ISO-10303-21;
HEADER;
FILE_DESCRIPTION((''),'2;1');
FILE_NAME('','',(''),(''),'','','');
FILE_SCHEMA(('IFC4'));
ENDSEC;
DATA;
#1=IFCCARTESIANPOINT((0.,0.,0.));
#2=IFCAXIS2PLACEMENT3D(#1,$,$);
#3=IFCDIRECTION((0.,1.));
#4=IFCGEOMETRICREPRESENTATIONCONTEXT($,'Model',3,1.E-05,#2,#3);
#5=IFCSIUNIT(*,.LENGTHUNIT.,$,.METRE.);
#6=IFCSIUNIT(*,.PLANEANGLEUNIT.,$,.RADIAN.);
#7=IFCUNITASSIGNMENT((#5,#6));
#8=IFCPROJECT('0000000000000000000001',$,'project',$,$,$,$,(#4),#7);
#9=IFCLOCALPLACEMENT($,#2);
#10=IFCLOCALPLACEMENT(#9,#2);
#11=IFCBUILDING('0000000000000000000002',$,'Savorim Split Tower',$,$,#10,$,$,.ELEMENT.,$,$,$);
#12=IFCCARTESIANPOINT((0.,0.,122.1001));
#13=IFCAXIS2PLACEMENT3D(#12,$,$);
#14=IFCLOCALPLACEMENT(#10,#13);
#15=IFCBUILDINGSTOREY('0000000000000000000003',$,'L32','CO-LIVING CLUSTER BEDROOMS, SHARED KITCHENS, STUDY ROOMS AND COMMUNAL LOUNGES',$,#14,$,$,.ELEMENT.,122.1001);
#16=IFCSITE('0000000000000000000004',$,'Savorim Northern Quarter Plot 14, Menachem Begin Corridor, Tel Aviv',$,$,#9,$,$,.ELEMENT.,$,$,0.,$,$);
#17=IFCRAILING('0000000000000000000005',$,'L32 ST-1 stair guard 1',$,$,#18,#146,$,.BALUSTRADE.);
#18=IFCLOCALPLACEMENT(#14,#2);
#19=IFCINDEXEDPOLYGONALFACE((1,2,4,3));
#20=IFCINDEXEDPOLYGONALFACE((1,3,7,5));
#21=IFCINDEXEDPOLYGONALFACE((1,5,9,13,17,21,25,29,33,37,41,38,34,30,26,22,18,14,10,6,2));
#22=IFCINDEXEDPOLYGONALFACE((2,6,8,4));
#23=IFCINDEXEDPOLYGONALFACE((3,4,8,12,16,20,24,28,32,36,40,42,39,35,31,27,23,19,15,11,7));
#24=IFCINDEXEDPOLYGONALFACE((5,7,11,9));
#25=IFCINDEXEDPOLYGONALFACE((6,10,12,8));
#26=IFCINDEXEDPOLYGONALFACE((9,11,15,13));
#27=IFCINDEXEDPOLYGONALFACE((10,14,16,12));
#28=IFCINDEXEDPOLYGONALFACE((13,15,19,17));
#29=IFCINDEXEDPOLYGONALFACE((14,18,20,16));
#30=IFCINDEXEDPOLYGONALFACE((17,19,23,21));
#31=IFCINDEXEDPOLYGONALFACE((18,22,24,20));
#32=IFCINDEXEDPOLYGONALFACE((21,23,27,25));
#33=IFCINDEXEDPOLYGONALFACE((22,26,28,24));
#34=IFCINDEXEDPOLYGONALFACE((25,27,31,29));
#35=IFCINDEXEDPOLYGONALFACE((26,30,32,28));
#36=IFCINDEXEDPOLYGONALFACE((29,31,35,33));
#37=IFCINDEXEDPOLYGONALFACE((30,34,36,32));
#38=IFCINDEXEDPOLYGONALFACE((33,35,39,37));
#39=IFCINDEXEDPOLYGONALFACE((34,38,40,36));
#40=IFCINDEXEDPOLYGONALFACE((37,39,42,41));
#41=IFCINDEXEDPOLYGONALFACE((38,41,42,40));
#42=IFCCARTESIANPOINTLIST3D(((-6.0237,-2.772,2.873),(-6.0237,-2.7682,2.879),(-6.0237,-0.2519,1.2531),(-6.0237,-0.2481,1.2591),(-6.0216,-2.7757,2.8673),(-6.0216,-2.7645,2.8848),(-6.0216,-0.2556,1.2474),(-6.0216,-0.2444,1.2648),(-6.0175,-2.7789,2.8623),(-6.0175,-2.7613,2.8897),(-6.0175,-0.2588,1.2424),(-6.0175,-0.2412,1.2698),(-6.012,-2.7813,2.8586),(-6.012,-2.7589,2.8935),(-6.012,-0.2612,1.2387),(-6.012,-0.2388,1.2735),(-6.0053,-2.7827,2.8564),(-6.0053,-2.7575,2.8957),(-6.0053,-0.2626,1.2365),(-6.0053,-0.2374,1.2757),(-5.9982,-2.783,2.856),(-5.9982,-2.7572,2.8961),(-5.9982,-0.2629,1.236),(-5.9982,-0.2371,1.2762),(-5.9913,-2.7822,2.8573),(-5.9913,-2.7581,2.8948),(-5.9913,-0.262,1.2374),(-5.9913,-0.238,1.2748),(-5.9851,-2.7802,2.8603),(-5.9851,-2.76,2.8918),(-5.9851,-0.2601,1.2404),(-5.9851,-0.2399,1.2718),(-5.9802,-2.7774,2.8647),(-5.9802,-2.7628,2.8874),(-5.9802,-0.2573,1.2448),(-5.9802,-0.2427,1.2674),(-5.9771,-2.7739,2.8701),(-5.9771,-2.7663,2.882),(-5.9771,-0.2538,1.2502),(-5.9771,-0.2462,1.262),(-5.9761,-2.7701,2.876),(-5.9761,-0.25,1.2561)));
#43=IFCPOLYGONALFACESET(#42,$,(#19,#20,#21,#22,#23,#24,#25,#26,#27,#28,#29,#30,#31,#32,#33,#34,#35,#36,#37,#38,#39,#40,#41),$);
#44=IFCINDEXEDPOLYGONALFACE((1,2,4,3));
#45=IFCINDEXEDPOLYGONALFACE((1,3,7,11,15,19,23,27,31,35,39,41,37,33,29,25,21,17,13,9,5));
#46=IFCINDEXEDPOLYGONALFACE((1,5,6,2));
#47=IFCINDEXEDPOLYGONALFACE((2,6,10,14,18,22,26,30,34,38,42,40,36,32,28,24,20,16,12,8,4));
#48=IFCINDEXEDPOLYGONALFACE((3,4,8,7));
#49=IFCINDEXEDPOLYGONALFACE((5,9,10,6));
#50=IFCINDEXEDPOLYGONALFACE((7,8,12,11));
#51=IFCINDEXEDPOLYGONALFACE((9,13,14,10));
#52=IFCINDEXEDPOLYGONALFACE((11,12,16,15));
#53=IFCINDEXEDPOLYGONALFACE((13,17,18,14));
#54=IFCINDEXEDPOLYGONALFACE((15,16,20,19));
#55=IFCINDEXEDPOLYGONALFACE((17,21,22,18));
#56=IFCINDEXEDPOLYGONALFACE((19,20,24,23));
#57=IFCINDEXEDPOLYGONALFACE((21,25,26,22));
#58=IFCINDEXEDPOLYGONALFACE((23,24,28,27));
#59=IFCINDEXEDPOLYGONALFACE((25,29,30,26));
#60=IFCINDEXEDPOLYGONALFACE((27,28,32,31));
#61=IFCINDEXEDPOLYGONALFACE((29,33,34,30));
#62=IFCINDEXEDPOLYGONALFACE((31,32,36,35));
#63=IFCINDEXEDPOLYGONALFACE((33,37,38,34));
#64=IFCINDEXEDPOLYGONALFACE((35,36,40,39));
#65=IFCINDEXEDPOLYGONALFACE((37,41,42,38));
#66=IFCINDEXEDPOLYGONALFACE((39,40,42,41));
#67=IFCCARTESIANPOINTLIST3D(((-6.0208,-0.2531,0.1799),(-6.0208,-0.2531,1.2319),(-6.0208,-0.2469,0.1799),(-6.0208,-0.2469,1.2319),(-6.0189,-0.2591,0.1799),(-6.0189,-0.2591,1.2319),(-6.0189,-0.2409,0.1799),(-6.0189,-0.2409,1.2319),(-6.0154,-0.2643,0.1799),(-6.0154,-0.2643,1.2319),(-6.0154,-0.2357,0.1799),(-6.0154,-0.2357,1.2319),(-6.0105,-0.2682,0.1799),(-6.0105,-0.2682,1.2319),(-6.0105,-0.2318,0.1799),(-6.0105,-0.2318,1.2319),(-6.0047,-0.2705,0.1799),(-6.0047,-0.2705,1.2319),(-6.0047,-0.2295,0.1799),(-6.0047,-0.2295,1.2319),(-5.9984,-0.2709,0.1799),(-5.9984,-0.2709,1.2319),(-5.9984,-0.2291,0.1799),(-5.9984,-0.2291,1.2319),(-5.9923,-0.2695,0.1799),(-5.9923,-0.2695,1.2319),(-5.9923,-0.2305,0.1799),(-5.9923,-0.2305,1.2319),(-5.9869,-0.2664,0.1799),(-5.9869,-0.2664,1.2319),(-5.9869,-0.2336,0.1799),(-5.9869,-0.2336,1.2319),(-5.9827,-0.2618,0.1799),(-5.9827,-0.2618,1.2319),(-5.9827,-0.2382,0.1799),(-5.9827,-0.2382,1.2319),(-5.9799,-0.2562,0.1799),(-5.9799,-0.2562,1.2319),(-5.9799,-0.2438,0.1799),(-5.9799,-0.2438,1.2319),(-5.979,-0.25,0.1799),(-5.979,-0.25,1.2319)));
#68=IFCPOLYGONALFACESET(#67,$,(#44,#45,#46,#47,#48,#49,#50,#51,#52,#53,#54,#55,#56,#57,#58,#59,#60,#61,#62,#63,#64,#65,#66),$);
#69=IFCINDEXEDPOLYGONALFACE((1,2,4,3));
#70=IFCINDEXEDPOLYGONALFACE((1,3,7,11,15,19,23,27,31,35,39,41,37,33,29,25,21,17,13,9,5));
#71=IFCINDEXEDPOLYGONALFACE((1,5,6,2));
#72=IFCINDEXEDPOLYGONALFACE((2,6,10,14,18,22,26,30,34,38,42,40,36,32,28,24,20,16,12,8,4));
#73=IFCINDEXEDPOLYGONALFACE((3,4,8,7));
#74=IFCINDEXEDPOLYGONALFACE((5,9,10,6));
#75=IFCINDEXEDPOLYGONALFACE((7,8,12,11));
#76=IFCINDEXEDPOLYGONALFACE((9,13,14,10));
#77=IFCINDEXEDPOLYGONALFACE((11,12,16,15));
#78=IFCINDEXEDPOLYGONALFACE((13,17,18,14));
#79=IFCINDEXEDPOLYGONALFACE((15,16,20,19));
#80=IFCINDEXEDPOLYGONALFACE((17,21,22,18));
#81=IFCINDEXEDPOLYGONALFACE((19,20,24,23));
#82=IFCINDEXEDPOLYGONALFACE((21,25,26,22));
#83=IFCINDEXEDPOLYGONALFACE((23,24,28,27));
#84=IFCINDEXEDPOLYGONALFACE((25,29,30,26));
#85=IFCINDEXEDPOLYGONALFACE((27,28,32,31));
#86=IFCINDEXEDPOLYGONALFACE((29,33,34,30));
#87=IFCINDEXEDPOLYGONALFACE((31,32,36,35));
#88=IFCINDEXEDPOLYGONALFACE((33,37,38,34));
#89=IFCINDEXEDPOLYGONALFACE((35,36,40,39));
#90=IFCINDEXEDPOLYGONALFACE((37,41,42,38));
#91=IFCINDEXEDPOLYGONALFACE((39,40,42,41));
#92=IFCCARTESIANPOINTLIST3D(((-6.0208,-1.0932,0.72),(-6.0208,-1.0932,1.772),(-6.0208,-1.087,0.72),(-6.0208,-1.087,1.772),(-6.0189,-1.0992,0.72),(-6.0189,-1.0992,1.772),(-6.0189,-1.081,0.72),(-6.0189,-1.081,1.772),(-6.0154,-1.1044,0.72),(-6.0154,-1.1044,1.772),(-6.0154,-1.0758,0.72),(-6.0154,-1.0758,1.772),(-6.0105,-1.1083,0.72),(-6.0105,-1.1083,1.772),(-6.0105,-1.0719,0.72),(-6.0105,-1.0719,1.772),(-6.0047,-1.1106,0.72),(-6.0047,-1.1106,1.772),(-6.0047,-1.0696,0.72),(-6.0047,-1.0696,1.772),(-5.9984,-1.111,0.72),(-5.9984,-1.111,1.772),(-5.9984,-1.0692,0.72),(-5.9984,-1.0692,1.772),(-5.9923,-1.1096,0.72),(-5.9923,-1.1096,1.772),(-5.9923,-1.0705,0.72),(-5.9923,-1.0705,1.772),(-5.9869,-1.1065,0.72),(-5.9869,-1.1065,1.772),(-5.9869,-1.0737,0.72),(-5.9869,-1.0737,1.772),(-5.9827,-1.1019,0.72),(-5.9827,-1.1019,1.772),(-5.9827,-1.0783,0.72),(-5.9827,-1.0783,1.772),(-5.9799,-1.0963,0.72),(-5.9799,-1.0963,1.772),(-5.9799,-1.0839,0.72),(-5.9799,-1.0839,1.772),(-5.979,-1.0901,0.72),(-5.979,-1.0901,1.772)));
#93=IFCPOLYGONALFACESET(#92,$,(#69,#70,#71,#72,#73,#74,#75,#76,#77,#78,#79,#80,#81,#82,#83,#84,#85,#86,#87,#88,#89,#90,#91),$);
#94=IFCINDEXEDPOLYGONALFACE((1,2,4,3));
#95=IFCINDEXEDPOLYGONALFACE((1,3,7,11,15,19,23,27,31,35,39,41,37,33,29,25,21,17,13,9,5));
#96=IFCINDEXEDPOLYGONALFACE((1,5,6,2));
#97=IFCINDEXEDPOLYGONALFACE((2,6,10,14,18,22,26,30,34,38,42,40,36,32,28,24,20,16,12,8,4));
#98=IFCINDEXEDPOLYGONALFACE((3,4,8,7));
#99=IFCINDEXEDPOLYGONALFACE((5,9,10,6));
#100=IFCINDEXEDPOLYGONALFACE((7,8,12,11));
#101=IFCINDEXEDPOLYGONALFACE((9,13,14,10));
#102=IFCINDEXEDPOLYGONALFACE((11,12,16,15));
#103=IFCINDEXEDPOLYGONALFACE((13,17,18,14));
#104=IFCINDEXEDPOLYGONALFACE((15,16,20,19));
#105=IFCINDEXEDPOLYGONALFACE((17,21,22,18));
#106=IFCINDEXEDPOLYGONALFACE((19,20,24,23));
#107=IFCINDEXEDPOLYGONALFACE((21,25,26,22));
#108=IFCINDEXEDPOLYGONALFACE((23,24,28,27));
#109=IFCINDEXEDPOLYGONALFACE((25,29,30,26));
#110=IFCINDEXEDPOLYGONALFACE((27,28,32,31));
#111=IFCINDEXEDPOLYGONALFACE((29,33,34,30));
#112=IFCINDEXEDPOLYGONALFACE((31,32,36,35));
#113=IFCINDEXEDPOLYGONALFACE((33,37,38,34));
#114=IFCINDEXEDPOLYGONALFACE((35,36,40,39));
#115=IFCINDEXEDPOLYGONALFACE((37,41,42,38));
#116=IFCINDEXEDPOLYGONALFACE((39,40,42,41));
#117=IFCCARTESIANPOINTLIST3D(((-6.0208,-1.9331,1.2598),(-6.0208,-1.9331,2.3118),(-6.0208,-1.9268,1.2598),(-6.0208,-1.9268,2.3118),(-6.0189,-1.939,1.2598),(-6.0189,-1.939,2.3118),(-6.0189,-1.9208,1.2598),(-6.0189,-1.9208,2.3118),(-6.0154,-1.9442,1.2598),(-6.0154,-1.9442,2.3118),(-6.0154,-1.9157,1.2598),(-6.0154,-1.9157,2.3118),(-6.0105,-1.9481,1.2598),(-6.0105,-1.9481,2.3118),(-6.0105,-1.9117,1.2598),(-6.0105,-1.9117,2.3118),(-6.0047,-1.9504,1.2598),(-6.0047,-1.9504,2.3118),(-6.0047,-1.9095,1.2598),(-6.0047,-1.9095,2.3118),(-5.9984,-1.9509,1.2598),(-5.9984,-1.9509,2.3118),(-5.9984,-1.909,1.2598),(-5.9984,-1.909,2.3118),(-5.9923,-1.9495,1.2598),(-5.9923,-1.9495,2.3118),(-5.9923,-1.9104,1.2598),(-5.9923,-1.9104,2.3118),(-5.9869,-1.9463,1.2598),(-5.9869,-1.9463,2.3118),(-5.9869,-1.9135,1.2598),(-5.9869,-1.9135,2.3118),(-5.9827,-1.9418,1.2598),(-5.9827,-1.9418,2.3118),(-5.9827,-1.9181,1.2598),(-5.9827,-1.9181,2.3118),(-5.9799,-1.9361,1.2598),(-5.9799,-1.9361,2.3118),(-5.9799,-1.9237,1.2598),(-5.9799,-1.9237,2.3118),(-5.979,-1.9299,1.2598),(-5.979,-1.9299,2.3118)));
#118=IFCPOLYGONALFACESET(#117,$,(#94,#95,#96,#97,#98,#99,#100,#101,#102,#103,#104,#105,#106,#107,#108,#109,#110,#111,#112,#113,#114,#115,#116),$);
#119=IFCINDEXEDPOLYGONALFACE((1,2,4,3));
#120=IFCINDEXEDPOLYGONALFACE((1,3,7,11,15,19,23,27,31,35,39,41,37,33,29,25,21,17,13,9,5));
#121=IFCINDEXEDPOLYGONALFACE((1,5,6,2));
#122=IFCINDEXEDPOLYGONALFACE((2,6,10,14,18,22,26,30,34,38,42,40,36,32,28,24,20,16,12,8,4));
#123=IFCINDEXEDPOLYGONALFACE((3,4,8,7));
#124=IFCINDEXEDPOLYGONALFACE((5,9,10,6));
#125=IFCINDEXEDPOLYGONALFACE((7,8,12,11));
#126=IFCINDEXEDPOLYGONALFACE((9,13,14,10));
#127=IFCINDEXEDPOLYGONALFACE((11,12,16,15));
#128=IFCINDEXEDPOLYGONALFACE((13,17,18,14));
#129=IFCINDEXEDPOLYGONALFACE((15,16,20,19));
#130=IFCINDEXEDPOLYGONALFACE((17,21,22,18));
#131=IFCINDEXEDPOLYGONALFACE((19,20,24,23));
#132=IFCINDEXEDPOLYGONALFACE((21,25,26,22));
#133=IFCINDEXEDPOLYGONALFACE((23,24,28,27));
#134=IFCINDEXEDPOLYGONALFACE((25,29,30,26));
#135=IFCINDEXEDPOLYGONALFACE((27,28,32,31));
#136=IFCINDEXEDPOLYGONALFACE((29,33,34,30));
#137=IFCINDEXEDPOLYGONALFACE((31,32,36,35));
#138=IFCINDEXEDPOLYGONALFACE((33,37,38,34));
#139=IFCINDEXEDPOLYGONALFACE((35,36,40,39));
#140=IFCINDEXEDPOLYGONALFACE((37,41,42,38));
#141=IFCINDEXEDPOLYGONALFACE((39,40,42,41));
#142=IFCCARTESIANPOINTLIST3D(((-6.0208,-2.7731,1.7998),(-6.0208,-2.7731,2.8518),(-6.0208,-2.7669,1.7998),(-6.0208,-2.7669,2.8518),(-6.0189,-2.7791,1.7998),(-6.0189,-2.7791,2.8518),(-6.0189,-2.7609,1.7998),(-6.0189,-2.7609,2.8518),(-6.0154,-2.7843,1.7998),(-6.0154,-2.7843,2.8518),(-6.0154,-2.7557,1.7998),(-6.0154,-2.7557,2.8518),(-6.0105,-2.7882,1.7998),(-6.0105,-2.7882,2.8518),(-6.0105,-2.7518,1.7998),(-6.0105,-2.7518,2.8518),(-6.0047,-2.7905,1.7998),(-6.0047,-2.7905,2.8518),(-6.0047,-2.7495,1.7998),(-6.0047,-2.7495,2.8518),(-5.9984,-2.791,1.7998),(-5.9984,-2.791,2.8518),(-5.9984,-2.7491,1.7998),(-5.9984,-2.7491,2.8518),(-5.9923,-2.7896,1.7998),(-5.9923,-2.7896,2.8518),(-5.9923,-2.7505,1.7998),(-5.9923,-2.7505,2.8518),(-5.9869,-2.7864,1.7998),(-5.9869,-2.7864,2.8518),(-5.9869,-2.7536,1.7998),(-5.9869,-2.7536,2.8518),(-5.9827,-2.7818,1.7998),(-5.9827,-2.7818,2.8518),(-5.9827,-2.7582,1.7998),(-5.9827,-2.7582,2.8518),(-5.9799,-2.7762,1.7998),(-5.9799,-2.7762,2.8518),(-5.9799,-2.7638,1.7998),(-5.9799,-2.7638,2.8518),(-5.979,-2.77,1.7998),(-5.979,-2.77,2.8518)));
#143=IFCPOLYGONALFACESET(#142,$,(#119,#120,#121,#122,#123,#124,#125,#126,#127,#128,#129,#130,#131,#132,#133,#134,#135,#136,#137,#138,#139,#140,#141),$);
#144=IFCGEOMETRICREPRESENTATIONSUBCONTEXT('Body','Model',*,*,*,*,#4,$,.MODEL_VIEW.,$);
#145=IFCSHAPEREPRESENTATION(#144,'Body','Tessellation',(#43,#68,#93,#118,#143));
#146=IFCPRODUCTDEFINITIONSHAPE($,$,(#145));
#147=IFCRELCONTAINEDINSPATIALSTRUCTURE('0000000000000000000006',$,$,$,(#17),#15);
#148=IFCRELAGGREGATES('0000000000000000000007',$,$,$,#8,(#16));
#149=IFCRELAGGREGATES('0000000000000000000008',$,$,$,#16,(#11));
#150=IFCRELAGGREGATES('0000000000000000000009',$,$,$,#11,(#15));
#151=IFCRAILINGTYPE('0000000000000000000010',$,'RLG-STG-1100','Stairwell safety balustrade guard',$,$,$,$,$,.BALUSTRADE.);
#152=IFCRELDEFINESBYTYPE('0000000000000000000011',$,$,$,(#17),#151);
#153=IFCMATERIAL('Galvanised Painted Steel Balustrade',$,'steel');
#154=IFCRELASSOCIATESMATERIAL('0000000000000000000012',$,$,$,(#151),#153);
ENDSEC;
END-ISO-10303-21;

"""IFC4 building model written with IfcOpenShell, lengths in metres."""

from ifc_helpers import new_model, si_unit, direction, frame, origin, origin_2d, place, context, subcontext, project, spatial, circle, extrude, material, type_object, element, save


model = new_model("IFC4")

# Units and contexts
model_context = context("Model", 3, precision=1e-05, world=origin(), true_north=direction((0.0, 1.0)))
body_context = subcontext(model_context, "Body", "Model", "MODEL_VIEW")
ifc_project = project(units=[si_unit("LENGTHUNIT", "METRE"), si_unit("PLANEANGLEUNIT", "RADIAN")], contexts=[model_context])

# Site, building, storey
site_placement = place(None, origin())
site = spatial("IfcSite", under=ifc_project, at=site_placement, Name="Savorim Northern Quarter Plot 14, Menachem Begin Corridor, Tel Aviv", CompositionType="ELEMENT", RefElevation=0.0)
building_placement = place(site_placement, origin())
building = spatial("IfcBuilding", under=site, at=building_placement, Name="Savorim Split Tower", CompositionType="ELEMENT")
storey_placement = place(building_placement, frame((0.0, 0.0, 122.1001)))
storey = spatial("IfcBuildingStorey", under=building, at=storey_placement, Name="L32", Description="CO-LIVING CLUSTER BEDROOMS, SHARED KITCHENS, STUDY ROOMS AND COMMUNAL LOUNGES", CompositionType="ELEMENT", Elevation=122.1001)

# Railing
ifc_material_1 = material(Name="Galvanised Painted Steel Balustrade", Category="steel")
railing_type_1 = type_object("IfcRailingType", Name="RLG-STG-1100", Description="Stairwell safety balustrade guard", PredefinedType="BALUSTRADE", material=ifc_material_1)
railing_1_placement = place(storey_placement, frame((-6.0, -0.25, 0.1799)))
element("IfcRailing", 1, at=railing_1_placement, inside=storey, type_object=railing_type_1, Name="L32 ST-1 stair guard 1", PredefinedType="BALUSTRADE", context=body_context, shape_type="SweptSolid", body=[
    extrude(circle(Radius=0.0239, at=origin_2d()), frame((0.0, 0.0, 1.0762), z_axis=(0.0, -0.8412, 0.540725), x_axis=(1.0, 0.0, 0.0)), (0.0, 0.0, 1.0), 2.9958),
    extrude(circle(Radius=0.021, at=origin_2d()), origin(), (0.0, 0.0, 1.0), 1.052),
    extrude(circle(Radius=0.021, at=origin_2d()), frame((0.0, -0.8401, 0.54)), (0.0, 0.0, 1.0), 1.052),
    extrude(circle(Radius=0.021, at=origin_2d()), frame((0.0, -1.6799, 1.0798)), (0.0, 0.0, 1.0), 1.052),
    extrude(circle(Radius=0.021, at=origin_2d()), frame((0.0, -2.52, 1.6199)), (0.0, 0.0, 1.0), 1.052),
])

save(model, "model.ifc")
